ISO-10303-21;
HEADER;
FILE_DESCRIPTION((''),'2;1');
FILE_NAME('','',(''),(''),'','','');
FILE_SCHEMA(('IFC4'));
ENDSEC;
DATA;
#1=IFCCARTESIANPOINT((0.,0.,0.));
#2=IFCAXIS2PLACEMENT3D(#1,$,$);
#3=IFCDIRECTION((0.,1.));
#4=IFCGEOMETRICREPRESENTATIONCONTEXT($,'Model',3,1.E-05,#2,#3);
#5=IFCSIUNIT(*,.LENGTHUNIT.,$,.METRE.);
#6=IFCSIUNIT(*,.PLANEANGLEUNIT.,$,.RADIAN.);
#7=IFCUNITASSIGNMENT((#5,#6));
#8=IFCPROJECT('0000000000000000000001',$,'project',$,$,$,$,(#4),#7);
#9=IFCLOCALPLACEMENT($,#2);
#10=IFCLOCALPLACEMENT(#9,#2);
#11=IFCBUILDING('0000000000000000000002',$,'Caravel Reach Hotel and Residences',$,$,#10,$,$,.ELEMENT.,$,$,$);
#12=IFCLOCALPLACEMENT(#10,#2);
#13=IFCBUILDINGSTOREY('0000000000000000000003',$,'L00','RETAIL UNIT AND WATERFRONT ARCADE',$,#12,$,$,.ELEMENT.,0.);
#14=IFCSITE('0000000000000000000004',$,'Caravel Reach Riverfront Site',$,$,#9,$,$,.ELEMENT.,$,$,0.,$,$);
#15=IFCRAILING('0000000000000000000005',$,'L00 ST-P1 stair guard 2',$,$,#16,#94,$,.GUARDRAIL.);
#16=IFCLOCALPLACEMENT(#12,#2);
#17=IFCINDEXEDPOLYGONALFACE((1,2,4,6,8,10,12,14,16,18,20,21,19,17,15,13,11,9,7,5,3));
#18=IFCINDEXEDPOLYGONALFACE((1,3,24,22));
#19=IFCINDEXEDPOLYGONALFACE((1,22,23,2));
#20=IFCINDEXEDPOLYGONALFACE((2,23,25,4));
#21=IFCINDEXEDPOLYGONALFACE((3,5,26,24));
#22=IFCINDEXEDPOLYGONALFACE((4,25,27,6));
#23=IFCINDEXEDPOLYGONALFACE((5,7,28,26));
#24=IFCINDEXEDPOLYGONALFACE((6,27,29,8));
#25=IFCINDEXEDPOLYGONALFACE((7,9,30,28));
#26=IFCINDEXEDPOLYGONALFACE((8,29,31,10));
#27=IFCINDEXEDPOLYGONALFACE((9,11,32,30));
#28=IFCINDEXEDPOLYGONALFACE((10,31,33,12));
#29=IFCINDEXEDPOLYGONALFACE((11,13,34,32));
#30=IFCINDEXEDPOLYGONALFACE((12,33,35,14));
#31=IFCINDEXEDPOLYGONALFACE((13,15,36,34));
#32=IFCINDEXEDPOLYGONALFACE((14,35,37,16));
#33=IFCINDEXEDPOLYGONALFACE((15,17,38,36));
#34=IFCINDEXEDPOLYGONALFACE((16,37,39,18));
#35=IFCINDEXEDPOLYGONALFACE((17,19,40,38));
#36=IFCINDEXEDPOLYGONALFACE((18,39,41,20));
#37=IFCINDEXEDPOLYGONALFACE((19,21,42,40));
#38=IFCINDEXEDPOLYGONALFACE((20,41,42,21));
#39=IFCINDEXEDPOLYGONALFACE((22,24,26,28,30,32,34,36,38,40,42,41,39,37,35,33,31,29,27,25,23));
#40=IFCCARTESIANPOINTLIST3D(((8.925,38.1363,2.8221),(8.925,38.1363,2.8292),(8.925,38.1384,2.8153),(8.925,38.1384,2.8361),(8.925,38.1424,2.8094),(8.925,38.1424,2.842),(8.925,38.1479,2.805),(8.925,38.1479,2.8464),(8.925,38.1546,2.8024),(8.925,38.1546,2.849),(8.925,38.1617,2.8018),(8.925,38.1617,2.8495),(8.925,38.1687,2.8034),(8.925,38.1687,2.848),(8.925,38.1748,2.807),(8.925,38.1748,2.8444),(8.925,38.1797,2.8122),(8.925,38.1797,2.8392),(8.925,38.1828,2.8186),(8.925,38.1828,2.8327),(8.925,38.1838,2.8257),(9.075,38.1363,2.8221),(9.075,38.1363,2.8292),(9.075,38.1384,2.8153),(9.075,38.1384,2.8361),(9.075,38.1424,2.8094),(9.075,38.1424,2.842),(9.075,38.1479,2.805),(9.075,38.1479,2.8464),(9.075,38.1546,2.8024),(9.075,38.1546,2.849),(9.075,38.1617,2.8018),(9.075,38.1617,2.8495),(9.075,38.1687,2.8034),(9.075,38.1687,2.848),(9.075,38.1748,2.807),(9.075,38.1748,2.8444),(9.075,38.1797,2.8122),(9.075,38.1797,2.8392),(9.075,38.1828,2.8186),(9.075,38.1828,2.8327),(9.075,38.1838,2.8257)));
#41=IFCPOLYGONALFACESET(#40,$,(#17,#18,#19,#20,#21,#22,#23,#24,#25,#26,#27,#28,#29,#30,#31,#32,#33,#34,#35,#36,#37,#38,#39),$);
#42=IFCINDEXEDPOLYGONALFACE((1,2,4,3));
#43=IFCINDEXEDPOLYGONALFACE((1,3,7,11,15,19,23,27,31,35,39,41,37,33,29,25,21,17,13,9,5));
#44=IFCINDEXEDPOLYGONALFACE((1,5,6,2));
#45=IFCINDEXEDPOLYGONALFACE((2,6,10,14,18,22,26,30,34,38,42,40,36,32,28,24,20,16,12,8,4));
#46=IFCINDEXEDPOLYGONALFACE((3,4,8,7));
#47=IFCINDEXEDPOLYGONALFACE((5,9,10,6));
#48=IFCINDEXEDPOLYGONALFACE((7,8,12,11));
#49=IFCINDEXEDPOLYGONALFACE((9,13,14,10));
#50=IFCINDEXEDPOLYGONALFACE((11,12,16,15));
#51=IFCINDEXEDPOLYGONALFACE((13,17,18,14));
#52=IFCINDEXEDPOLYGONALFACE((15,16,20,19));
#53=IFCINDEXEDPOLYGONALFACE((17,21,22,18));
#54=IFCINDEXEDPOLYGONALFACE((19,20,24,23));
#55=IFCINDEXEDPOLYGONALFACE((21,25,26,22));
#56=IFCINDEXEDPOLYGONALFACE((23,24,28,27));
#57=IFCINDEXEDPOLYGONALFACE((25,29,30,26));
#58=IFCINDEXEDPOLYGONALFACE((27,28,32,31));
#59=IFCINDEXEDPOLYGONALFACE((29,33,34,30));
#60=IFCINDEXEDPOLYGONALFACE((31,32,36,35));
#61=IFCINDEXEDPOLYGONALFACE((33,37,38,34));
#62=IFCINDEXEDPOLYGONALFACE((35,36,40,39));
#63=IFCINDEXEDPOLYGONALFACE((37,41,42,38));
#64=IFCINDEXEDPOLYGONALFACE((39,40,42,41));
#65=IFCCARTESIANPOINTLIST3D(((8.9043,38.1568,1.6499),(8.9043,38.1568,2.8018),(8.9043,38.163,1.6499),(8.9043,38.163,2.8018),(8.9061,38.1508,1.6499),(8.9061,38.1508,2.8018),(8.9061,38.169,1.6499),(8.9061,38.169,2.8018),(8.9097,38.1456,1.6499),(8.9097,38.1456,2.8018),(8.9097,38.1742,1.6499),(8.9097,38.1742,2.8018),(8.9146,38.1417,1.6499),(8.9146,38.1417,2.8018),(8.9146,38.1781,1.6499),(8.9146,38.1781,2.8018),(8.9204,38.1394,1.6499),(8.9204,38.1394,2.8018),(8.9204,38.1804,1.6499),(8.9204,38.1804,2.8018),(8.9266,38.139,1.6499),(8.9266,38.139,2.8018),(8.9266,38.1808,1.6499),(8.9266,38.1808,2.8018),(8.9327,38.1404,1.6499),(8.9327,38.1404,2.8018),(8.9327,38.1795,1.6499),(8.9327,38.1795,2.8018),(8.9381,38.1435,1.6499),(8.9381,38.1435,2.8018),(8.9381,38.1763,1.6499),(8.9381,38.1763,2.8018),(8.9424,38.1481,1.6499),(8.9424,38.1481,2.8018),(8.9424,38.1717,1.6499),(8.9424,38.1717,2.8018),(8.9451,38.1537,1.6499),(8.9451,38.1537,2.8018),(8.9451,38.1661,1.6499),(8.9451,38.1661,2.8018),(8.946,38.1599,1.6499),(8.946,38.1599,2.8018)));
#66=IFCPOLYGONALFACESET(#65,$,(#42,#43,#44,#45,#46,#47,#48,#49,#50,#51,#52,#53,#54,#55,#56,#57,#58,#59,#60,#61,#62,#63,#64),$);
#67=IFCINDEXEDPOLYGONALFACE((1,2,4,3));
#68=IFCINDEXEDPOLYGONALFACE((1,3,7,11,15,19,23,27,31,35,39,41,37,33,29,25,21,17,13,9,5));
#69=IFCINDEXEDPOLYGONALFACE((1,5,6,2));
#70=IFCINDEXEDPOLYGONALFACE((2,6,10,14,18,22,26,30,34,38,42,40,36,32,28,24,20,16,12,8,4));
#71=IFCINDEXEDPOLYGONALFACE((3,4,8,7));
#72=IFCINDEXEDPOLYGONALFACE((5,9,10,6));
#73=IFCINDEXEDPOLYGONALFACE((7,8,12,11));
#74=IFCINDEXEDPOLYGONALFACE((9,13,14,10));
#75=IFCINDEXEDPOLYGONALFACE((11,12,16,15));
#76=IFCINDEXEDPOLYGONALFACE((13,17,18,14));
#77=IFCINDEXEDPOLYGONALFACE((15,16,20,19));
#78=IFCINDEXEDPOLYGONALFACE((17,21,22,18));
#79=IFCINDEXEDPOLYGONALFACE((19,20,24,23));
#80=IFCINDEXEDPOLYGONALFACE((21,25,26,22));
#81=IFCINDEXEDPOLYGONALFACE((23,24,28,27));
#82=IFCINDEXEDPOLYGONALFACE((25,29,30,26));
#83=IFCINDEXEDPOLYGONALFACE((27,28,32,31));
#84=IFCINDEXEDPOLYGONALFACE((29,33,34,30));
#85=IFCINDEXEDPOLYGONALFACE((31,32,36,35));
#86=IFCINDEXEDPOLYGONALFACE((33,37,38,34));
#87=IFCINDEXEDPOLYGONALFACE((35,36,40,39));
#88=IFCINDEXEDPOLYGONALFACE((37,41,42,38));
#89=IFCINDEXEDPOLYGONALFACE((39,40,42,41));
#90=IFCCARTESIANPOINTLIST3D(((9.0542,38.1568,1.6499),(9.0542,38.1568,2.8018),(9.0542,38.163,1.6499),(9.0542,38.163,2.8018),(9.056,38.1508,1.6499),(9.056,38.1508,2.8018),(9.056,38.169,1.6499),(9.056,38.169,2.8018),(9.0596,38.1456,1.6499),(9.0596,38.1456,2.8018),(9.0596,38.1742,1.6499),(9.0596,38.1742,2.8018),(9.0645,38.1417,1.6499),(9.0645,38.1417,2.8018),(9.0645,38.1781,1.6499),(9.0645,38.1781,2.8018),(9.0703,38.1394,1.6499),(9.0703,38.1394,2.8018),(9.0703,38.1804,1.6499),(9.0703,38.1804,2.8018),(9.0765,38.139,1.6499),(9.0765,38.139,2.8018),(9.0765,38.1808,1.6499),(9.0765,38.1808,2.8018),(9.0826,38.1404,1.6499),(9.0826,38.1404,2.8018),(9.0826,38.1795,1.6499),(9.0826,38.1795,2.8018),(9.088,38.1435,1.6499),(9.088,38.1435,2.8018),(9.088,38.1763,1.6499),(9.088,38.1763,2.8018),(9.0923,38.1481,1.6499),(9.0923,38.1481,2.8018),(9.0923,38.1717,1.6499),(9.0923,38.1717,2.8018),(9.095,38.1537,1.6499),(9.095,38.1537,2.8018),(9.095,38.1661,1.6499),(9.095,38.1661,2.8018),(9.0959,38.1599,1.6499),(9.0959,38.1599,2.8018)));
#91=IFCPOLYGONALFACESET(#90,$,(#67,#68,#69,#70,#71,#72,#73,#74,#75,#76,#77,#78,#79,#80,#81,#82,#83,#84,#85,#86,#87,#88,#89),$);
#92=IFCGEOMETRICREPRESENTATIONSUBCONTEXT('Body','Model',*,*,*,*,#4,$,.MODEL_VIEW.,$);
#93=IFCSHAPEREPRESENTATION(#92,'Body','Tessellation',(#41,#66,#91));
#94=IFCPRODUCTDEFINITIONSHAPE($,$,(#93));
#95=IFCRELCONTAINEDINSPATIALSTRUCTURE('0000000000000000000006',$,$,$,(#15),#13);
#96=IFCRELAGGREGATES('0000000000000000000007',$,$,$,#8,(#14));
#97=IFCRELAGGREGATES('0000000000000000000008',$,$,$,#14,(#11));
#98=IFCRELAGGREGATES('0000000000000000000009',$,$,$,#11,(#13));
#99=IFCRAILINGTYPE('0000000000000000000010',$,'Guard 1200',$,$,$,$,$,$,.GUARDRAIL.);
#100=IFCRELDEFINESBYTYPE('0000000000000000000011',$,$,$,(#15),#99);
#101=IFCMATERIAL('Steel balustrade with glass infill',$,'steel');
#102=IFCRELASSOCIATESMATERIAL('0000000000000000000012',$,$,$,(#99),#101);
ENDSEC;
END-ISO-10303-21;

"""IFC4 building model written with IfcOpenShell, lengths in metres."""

from ifc_helpers import new_model, si_unit, direction, frame, origin, origin_2d, place, context, subcontext, project, spatial, circle, extrude, material, type_object, element, save


model = new_model("IFC4")

# Units and contexts
model_context = context("Model", 3, precision=1e-05, world=origin(), true_north=direction((0.0, 1.0)))
body_context = subcontext(model_context, "Body", "Model", "MODEL_VIEW")
ifc_project = project(units=[si_unit("LENGTHUNIT", "METRE"), si_unit("PLANEANGLEUNIT", "RADIAN")], contexts=[model_context])

# Site, building, storey
site_placement = place(None, origin())
site = spatial("IfcSite", under=ifc_project, at=site_placement, Name="Caravel Reach Riverfront Site", CompositionType="ELEMENT", RefElevation=0.0)
building_placement = place(site_placement, origin())
building = spatial("IfcBuilding", under=site, at=building_placement, Name="Caravel Reach Hotel and Residences", CompositionType="ELEMENT")
storey_placement = place(building_placement, origin())
storey = spatial("IfcBuildingStorey", under=building, at=storey_placement, Name="L00", Description="RETAIL UNIT AND WATERFRONT ARCADE", CompositionType="ELEMENT", Elevation=0.0)

# Railing
ifc_material_1 = material(Name="Steel balustrade with glass infill", Category="steel")
railing_type_1 = type_object("IfcRailingType", Name="Guard 1200", PredefinedType="GUARDRAIL", material=ifc_material_1)
railing_1_placement = place(storey_placement, frame((8.925, 38.1599, 1.6499)))
element("IfcRailing", 1, at=railing_1_placement, inside=storey, type_object=railing_type_1, Name="L00 ST-P1 stair guard 2", PredefinedType="GUARDRAIL", context=body_context, shape_type="SweptSolid", body=[
    extrude(circle(Radius=0.0239, at=origin_2d()), frame((0.0, 0.0, 1.1758), z_axis=(1.0, 0.0, 0.0), x_axis=(0.0, 1.0, 0.0)), (0.0, 0.0, 1.0), 0.1499),
    extrude(circle(Radius=0.021, at=origin_2d()), origin(), (0.0, 0.0, 1.0), 1.1519),
    extrude(circle(Radius=0.021, at=origin_2d()), frame((0.1499, 0.0, 0.0)), (0.0, 0.0, 1.0), 1.1519),
])

save(model, "model.ifc")
